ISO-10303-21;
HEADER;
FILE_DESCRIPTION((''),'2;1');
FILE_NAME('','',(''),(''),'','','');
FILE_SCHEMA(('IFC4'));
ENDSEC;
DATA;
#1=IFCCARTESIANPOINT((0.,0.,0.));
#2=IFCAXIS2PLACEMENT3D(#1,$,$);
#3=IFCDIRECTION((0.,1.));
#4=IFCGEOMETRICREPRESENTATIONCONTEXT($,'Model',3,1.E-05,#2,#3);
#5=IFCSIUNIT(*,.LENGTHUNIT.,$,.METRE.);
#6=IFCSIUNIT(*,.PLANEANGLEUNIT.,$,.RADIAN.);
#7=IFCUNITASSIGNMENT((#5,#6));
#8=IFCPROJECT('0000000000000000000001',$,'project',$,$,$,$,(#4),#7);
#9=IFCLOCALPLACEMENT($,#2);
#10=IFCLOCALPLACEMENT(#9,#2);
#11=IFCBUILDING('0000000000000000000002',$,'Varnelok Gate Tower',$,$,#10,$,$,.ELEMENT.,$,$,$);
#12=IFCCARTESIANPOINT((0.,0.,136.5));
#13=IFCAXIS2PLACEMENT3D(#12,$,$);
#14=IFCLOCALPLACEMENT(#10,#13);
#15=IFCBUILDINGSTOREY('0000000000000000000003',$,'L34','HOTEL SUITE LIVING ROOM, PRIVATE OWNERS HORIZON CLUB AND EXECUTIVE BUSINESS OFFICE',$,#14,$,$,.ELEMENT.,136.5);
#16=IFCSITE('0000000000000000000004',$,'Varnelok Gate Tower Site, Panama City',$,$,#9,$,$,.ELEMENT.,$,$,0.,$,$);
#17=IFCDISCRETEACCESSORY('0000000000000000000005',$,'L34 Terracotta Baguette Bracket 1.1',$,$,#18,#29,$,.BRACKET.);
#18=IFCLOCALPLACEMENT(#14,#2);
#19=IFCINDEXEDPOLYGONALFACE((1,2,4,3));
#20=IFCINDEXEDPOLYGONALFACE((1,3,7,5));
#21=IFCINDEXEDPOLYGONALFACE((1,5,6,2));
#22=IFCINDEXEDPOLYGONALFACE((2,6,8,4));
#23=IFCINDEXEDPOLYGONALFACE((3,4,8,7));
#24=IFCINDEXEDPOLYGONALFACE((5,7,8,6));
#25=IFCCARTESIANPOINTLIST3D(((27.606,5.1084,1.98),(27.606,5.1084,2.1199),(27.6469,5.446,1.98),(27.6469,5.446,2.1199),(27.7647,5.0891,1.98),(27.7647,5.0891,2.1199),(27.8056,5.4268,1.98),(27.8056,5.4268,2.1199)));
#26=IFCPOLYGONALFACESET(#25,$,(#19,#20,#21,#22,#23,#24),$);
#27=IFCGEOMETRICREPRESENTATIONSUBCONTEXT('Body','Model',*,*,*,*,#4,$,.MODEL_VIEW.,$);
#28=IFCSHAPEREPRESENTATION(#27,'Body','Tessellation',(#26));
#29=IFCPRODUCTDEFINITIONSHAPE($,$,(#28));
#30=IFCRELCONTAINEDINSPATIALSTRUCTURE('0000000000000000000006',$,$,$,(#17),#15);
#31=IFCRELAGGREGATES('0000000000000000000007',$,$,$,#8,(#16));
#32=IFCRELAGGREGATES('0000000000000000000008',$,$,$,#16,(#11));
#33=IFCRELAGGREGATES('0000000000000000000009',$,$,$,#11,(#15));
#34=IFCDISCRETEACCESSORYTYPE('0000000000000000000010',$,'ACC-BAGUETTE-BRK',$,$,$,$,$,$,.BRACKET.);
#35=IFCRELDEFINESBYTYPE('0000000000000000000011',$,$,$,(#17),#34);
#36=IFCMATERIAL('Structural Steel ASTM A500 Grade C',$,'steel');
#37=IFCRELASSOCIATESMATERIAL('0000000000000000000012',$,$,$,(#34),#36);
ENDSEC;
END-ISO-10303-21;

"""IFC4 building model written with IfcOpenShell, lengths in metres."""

from ifc_helpers import new_model, si_unit, direction, frame, origin, origin_2d, place, context, subcontext, project, spatial, rectangle, extrude, source, transform, mapped, material, type_object, element, save


model = new_model("IFC4")

# Units and contexts
model_context = context("Model", 3, precision=1e-05, world=origin(), true_north=direction((0.0, 1.0)))
body_context = subcontext(model_context, "Body", "Model", "MODEL_VIEW")
ifc_project = project(units=[si_unit("LENGTHUNIT", "METRE"), si_unit("PLANEANGLEUNIT", "RADIAN")], contexts=[model_context])

# Site, building, storey
site_placement = place(None, origin())
site = spatial("IfcSite", under=ifc_project, at=site_placement, Name="Varnelok Gate Tower Site, Panama City", CompositionType="ELEMENT", RefElevation=0.0)
building_placement = place(site_placement, origin())
building = spatial("IfcBuilding", under=site, at=building_placement, Name="Varnelok Gate Tower", CompositionType="ELEMENT")
storey_placement = place(building_placement, frame((0.0, 0.0, 136.5)))
storey = spatial("IfcBuildingStorey", under=building, at=storey_placement, Name="L34", Description="HOTEL SUITE LIVING ROOM, PRIVATE OWNERS HORIZON CLUB AND EXECUTIVE BUSINESS OFFICE", CompositionType="ELEMENT", Elevation=136.5)

# Discrete accessory
ifc_material_1 = material(Name="Structural Steel ASTM A500 Grade C", Category="steel")
discrete_accessory_type = type_object("IfcDiscreteAccessoryType", Name="ACC-BAGUETTE-BRK", PredefinedType="BRACKET", material=ifc_material_1)
shared_shape_1 = source(origin(), body_context, "Body", "SweptSolid", [
    extrude(rectangle(XDim=0.1599, YDim=0.3401, at=origin_2d()), origin(), (0.0, 0.0, 1.0), 0.1399),
])
discrete_accessory_placement = place(storey_placement, frame((27.7058, 5.2676, 1.98), z_axis=(0.0, 0.0, 1.0), x_axis=(0.992732, -0.120345, 0.0)))
element("IfcDiscreteAccessory", 1, at=discrete_accessory_placement, inside=storey, type_object=discrete_accessory_type, Name="L34 Terracotta Baguette Bracket 1.1", PredefinedType="BRACKET", context=body_context, shape_type="MappedRepresentation", body=[
    mapped(shared_shape_1, transform((0.0, 0.0, 0.0), scale=1.0)),
])

save(model, "model.ifc")
